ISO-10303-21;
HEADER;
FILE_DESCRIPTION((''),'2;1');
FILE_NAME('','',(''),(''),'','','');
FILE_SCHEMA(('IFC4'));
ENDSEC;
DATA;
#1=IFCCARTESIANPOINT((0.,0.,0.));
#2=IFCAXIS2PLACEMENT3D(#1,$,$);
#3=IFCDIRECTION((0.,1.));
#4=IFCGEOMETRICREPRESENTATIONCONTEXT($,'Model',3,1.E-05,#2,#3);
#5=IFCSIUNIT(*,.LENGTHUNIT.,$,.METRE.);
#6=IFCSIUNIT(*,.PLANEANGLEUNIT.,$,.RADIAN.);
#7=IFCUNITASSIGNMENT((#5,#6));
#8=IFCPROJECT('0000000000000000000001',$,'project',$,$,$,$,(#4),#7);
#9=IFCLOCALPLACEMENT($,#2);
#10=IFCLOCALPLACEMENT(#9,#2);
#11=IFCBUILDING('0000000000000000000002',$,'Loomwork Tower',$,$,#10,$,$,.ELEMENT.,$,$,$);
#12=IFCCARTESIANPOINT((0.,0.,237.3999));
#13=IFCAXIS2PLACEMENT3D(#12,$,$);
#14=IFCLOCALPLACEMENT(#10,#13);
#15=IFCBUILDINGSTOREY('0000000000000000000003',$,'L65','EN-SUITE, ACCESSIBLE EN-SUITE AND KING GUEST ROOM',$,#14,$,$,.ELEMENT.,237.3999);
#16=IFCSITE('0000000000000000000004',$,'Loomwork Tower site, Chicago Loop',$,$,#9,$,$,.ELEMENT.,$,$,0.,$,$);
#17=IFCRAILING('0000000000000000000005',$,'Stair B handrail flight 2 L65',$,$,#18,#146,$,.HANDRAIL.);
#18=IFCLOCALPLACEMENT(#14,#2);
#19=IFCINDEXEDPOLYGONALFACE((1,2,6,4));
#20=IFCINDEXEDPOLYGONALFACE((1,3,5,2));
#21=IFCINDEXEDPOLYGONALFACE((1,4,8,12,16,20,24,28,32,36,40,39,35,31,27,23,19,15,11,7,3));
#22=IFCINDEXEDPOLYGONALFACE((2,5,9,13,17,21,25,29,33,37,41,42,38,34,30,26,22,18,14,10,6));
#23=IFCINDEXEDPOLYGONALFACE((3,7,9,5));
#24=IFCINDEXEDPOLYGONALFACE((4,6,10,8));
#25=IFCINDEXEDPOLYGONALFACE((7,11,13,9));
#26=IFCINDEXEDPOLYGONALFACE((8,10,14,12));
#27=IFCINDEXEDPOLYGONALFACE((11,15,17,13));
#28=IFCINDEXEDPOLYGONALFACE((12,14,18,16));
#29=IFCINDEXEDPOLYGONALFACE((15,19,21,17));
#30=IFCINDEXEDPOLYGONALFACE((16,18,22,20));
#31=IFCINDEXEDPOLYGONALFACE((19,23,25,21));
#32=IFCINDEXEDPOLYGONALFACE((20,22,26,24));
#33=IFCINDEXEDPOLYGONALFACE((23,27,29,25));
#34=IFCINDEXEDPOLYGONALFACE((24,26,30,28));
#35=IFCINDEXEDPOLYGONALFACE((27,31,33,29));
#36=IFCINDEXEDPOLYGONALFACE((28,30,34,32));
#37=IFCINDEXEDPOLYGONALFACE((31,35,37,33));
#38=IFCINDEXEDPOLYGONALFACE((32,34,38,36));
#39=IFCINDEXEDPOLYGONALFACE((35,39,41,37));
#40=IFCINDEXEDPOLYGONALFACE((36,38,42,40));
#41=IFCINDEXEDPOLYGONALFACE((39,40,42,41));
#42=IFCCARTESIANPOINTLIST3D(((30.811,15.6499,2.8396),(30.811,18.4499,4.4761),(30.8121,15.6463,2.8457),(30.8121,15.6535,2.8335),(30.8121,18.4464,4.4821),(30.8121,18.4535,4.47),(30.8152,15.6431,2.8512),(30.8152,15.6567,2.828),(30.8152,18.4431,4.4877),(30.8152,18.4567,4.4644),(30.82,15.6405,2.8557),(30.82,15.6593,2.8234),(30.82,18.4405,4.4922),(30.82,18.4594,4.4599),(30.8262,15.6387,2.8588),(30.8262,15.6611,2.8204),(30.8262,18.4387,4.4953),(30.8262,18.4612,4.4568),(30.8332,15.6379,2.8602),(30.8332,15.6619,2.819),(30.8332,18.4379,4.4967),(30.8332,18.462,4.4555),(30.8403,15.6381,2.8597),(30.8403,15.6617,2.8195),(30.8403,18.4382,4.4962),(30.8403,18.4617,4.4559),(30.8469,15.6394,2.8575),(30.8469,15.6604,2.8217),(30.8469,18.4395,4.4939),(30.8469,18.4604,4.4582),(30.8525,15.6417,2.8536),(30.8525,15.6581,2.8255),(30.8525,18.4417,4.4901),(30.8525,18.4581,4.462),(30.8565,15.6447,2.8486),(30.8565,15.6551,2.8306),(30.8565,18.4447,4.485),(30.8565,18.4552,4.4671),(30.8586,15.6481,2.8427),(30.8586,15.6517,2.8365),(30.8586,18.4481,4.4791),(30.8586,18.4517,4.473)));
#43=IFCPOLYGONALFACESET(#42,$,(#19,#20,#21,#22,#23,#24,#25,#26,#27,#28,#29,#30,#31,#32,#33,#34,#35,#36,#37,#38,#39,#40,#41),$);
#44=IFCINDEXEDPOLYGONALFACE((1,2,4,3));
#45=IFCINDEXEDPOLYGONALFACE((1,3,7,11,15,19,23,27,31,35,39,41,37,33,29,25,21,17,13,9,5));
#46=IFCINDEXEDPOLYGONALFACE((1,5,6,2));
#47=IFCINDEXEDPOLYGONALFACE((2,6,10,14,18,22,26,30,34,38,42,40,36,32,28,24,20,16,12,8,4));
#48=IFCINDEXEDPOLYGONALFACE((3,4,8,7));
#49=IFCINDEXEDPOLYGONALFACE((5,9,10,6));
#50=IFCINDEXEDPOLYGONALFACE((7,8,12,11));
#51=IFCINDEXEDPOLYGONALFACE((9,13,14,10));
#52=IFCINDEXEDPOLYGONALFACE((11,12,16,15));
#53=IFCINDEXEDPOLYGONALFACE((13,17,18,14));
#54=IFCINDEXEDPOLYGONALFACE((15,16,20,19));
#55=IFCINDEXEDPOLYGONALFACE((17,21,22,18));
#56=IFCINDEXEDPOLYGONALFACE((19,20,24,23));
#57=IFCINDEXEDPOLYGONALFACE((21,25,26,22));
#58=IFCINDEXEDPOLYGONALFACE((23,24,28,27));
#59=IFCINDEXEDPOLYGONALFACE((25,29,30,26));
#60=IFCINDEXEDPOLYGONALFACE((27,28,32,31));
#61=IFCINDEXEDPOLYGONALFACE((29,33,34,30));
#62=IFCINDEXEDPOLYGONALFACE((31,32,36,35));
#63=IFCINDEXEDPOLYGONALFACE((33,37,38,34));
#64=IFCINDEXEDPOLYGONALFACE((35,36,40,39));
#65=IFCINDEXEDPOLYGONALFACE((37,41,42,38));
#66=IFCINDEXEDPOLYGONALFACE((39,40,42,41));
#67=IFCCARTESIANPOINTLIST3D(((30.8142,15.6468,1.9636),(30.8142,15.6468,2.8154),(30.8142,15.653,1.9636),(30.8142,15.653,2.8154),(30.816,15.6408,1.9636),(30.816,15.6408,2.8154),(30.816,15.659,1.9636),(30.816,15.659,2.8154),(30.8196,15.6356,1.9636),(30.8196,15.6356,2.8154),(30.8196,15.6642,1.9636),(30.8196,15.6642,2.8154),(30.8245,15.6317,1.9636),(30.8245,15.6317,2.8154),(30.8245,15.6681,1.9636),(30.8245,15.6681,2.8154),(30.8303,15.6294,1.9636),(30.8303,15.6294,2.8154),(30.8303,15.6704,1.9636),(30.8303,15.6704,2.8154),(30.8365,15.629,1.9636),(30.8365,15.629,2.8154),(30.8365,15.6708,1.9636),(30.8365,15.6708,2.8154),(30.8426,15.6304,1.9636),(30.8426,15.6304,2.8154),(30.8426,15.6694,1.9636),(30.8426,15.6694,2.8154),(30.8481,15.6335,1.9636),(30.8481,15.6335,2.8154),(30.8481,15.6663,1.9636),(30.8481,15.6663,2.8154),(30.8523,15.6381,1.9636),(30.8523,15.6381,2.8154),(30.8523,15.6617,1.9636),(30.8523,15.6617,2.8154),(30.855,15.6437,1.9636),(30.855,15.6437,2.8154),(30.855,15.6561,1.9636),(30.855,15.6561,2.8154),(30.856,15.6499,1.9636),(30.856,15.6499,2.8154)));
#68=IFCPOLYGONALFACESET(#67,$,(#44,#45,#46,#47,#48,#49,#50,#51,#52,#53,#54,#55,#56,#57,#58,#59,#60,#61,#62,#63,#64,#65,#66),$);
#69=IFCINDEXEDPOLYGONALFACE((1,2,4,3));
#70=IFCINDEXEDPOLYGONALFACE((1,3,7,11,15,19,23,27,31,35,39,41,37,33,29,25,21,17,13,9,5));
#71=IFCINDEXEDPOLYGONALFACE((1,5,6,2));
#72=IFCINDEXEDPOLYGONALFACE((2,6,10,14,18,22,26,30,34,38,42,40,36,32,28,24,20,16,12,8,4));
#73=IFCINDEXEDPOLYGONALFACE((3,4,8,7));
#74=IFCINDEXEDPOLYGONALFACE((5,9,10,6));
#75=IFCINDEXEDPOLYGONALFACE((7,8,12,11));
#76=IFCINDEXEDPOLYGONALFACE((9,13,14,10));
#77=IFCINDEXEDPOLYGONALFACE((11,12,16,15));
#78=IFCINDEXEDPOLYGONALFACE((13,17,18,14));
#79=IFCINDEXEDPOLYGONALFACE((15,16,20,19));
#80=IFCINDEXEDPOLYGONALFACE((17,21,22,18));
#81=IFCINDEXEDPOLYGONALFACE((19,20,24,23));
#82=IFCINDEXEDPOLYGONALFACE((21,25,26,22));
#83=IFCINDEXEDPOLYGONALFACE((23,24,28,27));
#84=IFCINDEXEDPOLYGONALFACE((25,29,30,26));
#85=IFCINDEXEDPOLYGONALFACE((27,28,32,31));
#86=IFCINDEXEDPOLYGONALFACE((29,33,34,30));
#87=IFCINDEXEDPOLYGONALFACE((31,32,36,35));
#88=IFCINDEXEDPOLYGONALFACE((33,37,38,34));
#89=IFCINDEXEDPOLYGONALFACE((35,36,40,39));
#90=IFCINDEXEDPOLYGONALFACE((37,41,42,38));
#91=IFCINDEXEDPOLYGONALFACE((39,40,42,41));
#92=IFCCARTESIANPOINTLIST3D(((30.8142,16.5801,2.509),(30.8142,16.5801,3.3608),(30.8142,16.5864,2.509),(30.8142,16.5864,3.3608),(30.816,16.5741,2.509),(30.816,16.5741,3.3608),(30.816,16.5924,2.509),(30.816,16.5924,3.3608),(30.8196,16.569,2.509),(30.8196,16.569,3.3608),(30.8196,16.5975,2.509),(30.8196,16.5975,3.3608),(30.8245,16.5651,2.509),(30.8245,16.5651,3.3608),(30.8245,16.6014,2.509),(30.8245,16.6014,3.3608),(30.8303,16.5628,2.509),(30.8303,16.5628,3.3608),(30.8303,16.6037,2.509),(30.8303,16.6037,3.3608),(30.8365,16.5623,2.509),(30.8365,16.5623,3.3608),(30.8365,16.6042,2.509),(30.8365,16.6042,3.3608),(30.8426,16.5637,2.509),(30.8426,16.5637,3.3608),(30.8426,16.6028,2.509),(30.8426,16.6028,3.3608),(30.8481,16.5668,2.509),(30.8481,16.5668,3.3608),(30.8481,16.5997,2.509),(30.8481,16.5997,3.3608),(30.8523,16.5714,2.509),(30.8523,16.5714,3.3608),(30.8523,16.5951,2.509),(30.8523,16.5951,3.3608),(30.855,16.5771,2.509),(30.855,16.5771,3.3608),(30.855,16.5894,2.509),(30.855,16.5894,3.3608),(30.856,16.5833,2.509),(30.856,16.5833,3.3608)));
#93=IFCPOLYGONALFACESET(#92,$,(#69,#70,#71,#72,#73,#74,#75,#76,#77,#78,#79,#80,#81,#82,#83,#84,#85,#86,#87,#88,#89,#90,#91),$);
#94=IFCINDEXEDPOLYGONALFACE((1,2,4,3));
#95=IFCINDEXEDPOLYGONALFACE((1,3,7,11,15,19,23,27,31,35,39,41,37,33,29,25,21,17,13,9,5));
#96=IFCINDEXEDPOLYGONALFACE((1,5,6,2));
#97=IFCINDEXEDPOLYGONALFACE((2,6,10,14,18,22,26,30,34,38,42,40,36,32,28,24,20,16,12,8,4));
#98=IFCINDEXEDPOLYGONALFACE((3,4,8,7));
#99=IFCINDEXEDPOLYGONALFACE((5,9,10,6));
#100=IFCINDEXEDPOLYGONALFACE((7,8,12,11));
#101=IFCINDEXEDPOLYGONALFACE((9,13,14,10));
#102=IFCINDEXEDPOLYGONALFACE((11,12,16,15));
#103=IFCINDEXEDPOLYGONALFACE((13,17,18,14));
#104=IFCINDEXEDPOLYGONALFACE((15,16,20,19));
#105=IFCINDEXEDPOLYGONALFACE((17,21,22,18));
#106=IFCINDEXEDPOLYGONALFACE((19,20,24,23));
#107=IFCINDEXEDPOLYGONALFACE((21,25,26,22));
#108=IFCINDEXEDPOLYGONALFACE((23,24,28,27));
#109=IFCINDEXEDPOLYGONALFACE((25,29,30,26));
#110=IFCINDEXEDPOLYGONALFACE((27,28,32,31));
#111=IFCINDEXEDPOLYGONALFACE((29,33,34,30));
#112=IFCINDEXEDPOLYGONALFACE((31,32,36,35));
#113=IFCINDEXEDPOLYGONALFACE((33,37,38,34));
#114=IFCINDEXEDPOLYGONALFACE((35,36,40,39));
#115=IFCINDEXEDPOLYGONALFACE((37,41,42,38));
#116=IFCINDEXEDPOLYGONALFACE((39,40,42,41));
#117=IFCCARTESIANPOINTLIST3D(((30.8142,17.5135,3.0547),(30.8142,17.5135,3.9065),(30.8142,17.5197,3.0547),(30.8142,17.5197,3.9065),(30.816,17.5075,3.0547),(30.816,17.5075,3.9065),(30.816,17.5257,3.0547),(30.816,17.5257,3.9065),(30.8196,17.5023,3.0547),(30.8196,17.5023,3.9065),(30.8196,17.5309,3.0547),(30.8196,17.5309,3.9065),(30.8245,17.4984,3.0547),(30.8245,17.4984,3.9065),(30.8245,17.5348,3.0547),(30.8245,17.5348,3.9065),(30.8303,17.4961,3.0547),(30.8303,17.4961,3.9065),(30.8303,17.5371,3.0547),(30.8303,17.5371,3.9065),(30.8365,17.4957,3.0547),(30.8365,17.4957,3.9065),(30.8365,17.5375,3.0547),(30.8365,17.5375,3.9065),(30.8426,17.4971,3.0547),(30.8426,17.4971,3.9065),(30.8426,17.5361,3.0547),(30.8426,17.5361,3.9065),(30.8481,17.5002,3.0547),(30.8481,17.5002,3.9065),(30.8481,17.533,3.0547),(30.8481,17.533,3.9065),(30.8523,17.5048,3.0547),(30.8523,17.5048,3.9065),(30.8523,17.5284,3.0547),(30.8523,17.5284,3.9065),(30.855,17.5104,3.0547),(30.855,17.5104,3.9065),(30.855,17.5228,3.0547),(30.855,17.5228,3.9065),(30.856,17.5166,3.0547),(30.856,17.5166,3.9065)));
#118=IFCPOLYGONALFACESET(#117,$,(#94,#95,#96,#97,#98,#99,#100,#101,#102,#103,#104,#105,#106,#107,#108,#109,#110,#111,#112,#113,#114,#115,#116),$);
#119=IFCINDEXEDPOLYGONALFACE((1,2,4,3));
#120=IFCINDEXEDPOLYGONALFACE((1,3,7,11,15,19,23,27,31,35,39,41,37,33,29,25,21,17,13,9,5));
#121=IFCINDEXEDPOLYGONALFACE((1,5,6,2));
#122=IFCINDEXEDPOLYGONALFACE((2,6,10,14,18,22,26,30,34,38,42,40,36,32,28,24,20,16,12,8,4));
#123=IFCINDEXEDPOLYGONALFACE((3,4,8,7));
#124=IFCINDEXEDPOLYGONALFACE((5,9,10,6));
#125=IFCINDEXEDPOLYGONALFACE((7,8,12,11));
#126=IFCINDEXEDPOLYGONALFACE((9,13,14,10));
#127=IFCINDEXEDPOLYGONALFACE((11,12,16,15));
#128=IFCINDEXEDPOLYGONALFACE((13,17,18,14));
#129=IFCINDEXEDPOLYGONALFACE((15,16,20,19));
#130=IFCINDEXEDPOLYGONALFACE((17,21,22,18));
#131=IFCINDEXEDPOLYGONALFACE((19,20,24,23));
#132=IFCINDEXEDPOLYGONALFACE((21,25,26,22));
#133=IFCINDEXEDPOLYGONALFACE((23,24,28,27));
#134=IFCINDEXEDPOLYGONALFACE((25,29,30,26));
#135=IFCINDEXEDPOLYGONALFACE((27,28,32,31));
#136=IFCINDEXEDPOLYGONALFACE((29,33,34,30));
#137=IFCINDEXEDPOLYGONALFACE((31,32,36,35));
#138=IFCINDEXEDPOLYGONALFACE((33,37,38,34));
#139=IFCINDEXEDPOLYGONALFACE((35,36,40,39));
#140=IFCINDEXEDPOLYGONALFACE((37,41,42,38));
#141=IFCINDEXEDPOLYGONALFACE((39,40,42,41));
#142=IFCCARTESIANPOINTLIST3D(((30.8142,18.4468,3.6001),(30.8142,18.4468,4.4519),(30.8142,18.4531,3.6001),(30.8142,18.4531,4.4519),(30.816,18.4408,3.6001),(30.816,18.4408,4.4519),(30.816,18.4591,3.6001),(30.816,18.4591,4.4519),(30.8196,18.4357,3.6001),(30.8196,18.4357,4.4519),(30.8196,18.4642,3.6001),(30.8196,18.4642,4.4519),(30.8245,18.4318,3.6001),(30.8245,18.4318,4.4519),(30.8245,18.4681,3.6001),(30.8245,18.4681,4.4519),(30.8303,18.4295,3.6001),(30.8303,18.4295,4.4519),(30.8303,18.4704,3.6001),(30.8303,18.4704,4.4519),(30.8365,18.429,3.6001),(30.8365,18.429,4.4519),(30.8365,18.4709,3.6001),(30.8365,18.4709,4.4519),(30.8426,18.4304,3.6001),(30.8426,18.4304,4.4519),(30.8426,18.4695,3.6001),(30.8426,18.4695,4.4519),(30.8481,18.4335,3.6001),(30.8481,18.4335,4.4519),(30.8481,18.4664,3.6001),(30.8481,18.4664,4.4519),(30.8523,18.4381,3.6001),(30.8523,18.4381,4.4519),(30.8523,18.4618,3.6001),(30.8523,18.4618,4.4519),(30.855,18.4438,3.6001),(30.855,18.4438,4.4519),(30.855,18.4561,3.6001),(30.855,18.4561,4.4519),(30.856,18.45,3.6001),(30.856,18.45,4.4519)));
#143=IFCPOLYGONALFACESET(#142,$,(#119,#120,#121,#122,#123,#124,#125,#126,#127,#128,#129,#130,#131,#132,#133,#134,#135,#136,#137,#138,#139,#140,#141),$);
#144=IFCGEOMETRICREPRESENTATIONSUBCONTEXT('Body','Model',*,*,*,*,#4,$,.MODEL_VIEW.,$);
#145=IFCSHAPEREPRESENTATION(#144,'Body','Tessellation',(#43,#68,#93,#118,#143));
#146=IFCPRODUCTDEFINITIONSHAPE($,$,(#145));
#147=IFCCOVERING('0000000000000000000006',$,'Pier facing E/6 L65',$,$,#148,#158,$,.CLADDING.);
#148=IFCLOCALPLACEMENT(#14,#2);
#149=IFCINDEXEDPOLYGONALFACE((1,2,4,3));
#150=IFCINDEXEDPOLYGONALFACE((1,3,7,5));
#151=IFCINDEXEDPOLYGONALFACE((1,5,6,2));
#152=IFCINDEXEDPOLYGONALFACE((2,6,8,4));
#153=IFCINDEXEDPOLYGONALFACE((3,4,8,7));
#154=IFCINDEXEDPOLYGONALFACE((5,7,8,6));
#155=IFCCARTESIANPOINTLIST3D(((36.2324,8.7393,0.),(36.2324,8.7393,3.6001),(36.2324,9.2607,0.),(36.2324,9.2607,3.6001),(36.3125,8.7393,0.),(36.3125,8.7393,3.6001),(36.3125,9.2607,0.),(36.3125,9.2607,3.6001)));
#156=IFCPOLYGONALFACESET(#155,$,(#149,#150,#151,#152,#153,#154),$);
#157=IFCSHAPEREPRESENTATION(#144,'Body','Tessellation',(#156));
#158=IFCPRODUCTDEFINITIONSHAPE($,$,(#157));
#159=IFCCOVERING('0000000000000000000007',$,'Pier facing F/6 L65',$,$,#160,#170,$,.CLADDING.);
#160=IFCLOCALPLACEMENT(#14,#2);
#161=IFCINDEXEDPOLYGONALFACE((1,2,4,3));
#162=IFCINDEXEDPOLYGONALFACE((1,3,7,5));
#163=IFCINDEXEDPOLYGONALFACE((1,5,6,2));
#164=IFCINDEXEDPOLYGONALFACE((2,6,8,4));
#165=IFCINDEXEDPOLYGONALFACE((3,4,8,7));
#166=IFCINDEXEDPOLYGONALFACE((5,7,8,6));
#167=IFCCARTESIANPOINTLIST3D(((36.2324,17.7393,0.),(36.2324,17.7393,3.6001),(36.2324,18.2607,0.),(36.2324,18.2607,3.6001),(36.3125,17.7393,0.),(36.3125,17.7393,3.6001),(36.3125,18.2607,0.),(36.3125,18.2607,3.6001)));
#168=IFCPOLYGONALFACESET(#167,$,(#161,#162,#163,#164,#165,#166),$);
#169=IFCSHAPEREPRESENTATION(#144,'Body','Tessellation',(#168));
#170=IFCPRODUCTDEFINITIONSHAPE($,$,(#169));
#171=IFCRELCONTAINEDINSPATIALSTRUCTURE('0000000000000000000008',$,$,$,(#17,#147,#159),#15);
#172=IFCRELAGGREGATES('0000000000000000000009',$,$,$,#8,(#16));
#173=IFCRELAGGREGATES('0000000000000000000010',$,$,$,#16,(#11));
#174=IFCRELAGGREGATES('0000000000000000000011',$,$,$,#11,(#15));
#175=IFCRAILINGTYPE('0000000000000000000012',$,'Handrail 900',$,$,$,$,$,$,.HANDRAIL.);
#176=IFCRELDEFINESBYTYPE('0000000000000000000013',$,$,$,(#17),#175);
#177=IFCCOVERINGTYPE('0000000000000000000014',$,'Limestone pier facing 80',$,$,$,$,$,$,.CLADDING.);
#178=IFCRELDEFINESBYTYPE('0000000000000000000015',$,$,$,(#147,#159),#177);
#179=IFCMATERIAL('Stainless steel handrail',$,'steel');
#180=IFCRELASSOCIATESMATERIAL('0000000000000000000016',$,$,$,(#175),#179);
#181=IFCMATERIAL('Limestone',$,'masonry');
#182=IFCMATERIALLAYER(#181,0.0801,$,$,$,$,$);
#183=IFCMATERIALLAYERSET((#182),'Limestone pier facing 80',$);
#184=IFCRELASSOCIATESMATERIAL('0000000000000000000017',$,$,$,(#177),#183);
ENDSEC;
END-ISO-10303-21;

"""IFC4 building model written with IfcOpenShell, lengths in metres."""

from ifc_helpers import new_model, si_unit, direction, frame, origin, origin_2d, place, context, subcontext, project, spatial, rectangle, circle, extrude, material, layer, layer_set, type_object, element, save


model = new_model("IFC4")

# Units and contexts
model_context = context("Model", 3, precision=1e-05, world=origin(), true_north=direction((0.0, 1.0)))
body_context = subcontext(model_context, "Body", "Model", "MODEL_VIEW")
ifc_project = project(units=[si_unit("LENGTHUNIT", "METRE"), si_unit("PLANEANGLEUNIT", "RADIAN")], contexts=[model_context])

# Site, building, storey
site_placement = place(None, origin())
site = spatial("IfcSite", under=ifc_project, at=site_placement, Name="Loomwork Tower site, Chicago Loop", CompositionType="ELEMENT", RefElevation=0.0)
building_placement = place(site_placement, origin())
building = spatial("IfcBuilding", under=site, at=building_placement, Name="Loomwork Tower", CompositionType="ELEMENT")
storey_placement = place(building_placement, frame((0.0, 0.0, 237.3999)))
storey = spatial("IfcBuildingStorey", under=building, at=storey_placement, Name="L65", Description="EN-SUITE, ACCESSIBLE EN-SUITE AND KING GUEST ROOM", CompositionType="ELEMENT", Elevation=237.3999)

# Railing
ifc_material_1 = material(Name="Stainless steel handrail", Category="steel")
railing_type = type_object("IfcRailingType", Name="Handrail 900", PredefinedType="HANDRAIL", material=ifc_material_1)
railing_placement = place(storey_placement, frame((30.835, 15.6499, 1.9636)))
element("IfcRailing", 1, at=railing_placement, inside=storey, type_object=railing_type, Name="Stair B handrail flight 2 L65", PredefinedType="HANDRAIL", context=body_context, shape_type="SweptSolid", body=[
    extrude(circle(Radius=0.0239, at=origin_2d()), frame((0.0, 0.0, 0.876), z_axis=(0.0, 0.863361, 0.504587), x_axis=(-1.0, 0.0, 0.0)), (0.0, 0.0, 1.0), 3.2432),
    extrude(circle(Radius=0.021, at=origin_2d()), origin(), (0.0, 0.0, 1.0), 0.8518),
    extrude(circle(Radius=0.021, at=origin_2d()), frame((0.0, 0.9333, 0.5454)), (0.0, 0.0, 1.0), 0.8518),
    extrude(circle(Radius=0.021, at=origin_2d()), frame((0.0, 1.8667, 1.0911)), (0.0, 0.0, 1.0), 0.8518),
    extrude(circle(Radius=0.021, at=origin_2d()), frame((0.0, 2.8, 1.6365)), (0.0, 0.0, 1.0), 0.8518),
])

# Coverings
ifc_material_2 = material(Name="Limestone", Category="masonry")
ifc_layer_1 = layer(ifc_material_2, 0.0801)
ifc_layer_set_1 = layer_set([ifc_layer_1], Name="Limestone pier facing 80")
covering_type = type_object("IfcCoveringType", Name="Limestone pier facing 80", PredefinedType="CLADDING", material=ifc_layer_set_1)
for number, where, z_axis, x_axis, name in (
    (2, (36.2725, 9.0, 0.0), (0.0, 0.0, 1.0), (1.0, 0.0, 0.0), "Pier facing E/6 L65"),
    (3, (36.2725, 18.0, 0.0), (0.0, 0.0, 1.0), (1.0, 0.0, 0.0), "Pier facing F/6 L65"),
):
    element("IfcCovering", number, at=place(storey_placement, frame(where, z_axis=z_axis, x_axis=x_axis)), inside=storey, type_object=covering_type, Name=name, PredefinedType="CLADDING", context=body_context, shape_type="SweptSolid", body=[
        extrude(rectangle(XDim=0.0801, YDim=0.5215, at=origin_2d()), origin(), (0.0, 0.0, 1.0), 3.6001),
    ])

save(model, "model.ifc")
